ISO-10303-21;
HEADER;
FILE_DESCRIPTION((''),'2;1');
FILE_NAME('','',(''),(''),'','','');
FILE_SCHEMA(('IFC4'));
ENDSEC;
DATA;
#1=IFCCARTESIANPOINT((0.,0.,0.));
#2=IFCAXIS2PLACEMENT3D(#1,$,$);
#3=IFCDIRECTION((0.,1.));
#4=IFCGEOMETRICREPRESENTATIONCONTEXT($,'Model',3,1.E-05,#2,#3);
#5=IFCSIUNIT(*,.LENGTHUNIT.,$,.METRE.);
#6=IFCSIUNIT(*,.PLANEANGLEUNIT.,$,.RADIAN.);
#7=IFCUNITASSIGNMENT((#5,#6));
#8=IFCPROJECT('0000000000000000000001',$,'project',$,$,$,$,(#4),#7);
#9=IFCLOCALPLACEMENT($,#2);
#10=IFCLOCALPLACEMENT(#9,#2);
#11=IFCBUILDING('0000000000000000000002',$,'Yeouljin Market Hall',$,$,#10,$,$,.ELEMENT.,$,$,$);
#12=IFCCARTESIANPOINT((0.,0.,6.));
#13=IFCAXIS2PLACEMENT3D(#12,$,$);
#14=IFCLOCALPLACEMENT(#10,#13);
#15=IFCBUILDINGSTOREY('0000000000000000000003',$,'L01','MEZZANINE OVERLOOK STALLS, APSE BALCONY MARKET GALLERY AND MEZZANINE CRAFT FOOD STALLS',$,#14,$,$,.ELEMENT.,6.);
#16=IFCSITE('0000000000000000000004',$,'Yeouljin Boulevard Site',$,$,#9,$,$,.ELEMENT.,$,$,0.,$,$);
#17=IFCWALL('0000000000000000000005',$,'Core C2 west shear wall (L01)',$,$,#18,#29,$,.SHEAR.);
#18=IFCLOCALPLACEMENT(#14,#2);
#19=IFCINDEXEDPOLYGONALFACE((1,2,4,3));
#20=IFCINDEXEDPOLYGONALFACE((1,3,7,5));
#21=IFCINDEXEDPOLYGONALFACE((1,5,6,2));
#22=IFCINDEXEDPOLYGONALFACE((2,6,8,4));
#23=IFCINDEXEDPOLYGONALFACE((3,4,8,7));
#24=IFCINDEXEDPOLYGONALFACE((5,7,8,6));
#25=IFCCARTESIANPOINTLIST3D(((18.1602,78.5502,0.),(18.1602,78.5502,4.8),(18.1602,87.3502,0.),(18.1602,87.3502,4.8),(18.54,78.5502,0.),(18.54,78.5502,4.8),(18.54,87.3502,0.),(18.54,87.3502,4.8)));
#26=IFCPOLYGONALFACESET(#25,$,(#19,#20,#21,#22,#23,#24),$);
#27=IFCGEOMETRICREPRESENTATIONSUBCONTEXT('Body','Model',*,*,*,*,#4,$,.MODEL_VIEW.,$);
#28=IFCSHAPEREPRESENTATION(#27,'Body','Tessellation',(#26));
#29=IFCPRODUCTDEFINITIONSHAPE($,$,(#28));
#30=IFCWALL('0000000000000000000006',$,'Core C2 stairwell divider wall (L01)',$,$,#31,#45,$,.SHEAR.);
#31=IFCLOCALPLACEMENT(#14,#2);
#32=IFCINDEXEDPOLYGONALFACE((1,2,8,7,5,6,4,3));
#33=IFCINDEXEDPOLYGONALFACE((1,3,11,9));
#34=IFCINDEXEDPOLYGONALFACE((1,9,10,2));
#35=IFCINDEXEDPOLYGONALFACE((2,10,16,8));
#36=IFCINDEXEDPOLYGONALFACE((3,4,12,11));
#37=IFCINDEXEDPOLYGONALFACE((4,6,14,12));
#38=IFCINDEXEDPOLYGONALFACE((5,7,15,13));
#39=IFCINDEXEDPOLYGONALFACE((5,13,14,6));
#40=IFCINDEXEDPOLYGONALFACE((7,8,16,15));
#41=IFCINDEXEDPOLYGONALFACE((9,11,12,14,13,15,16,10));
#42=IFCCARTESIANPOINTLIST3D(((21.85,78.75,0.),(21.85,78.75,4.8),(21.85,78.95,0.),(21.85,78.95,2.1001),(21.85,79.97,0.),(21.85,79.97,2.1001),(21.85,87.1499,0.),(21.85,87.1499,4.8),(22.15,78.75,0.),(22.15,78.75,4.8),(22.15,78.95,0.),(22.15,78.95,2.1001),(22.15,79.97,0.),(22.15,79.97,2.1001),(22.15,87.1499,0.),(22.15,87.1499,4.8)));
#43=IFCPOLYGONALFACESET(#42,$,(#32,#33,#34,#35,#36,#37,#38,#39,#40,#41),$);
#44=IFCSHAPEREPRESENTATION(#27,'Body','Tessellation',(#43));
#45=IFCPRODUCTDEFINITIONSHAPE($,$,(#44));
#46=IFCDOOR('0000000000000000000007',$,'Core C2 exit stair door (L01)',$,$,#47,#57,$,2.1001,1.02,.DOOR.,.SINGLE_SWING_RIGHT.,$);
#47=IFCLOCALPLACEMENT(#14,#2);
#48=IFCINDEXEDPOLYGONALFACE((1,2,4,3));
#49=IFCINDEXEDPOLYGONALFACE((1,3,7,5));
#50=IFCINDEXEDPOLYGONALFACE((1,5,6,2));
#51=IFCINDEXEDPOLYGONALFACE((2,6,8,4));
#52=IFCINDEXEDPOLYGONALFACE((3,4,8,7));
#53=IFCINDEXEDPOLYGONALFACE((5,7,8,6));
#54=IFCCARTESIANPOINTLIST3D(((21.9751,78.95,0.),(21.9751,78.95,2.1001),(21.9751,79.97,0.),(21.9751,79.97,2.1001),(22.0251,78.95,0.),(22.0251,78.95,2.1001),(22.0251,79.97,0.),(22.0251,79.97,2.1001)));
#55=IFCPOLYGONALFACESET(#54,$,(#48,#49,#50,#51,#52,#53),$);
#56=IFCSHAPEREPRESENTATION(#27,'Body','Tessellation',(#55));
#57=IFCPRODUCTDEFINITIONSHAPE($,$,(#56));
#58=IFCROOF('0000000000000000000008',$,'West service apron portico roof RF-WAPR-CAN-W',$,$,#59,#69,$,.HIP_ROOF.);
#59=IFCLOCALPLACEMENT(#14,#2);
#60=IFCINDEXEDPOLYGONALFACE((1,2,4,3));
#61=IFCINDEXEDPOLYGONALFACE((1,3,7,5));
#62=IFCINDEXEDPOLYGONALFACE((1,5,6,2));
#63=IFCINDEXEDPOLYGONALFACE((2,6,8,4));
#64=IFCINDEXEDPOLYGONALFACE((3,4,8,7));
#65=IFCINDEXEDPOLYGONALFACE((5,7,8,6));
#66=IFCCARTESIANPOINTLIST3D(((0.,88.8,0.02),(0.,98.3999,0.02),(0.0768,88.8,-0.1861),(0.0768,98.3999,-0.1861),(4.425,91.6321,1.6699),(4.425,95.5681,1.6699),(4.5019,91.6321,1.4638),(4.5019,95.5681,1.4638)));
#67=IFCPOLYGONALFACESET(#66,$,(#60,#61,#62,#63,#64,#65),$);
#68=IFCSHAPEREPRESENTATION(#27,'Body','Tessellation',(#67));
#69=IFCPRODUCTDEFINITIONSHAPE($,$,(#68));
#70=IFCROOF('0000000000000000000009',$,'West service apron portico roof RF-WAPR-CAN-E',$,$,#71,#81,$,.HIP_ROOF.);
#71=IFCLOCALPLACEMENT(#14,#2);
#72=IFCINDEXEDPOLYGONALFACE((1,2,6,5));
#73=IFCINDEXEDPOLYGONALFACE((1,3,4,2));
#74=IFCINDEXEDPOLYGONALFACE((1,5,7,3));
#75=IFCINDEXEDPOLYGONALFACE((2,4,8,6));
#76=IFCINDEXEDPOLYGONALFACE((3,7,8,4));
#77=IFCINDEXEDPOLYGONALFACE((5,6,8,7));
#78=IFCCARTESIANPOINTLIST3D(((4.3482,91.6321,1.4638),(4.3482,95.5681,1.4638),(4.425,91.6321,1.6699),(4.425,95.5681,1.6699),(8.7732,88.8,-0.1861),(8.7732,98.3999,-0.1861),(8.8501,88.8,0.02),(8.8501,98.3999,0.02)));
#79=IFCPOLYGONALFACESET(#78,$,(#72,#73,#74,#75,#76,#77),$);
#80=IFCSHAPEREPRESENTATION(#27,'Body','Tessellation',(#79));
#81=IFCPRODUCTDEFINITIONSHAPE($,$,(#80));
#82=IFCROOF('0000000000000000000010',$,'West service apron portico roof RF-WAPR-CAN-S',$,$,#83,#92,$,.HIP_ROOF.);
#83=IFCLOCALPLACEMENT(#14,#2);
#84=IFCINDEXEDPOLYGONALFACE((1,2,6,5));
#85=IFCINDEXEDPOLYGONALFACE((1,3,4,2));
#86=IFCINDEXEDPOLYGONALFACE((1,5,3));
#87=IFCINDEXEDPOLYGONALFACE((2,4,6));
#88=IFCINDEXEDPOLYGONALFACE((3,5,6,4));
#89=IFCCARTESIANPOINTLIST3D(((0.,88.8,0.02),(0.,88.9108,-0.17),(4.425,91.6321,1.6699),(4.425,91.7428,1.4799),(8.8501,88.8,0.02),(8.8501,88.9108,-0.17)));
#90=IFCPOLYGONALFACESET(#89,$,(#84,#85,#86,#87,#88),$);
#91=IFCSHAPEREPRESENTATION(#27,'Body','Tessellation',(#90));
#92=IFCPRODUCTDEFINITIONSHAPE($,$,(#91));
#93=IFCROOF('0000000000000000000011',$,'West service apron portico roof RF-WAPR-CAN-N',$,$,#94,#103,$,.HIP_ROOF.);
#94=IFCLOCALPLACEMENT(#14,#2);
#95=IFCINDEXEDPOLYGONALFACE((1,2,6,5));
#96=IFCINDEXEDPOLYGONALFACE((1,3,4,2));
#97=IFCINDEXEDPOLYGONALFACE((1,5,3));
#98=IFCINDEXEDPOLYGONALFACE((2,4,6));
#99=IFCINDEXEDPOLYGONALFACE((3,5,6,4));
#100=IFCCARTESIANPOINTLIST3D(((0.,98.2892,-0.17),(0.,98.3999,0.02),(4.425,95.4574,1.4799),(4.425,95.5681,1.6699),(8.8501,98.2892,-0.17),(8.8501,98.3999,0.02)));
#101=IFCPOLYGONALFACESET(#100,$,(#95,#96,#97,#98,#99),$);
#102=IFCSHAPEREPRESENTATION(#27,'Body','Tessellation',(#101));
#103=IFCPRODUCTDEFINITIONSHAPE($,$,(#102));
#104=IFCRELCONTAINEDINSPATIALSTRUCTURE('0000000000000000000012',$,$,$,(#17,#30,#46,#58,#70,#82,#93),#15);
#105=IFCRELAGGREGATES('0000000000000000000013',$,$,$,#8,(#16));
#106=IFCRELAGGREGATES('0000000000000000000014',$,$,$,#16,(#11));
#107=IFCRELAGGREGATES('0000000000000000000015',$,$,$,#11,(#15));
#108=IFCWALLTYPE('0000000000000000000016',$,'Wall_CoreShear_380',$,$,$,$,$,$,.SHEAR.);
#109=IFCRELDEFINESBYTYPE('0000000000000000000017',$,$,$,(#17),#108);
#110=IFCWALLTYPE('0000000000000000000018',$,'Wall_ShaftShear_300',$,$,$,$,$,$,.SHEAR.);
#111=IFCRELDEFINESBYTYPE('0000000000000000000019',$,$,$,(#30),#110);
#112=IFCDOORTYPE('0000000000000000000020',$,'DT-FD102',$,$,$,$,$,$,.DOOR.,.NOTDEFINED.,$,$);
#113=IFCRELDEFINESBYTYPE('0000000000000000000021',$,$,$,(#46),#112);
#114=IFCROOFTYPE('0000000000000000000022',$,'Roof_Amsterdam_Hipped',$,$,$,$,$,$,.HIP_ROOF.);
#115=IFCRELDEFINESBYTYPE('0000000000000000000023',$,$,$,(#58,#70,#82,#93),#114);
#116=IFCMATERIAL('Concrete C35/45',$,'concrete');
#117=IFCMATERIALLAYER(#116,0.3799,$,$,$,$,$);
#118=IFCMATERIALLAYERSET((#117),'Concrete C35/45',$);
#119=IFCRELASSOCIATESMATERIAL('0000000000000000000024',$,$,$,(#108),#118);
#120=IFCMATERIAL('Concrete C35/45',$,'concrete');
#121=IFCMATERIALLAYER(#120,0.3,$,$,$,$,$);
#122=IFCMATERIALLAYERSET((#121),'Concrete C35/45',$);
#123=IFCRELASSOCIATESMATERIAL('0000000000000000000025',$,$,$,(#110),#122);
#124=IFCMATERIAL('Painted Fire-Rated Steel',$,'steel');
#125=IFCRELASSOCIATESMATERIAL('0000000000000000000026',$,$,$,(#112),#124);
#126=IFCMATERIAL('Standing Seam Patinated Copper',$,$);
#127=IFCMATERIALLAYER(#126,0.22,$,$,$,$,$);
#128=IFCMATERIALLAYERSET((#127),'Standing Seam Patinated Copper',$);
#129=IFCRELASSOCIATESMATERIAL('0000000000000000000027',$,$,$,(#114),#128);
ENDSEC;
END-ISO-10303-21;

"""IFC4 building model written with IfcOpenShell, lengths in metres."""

from ifc_helpers import new_model, si_unit, direction, frame, frame_2d, origin, place, context, subcontext, project, spatial, polyline, rectangle, outline, extrude, material, layer, layer_set, type_object, element, fill, save


model = new_model("IFC4")

# Units and contexts
model_context = context("Model", 3, precision=1e-05, world=origin(), true_north=direction((0.0, 1.0)))
body_context = subcontext(model_context, "Body", "Model", "MODEL_VIEW")
ifc_project = project(units=[si_unit("LENGTHUNIT", "METRE"), si_unit("PLANEANGLEUNIT", "RADIAN")], contexts=[model_context])

# Site, building, storey
site_placement = place(None, origin())
site = spatial("IfcSite", under=ifc_project, at=site_placement, Name="Yeouljin Boulevard Site", CompositionType="ELEMENT", RefElevation=0.0)
building_placement = place(site_placement, origin())
building = spatial("IfcBuilding", under=site, at=building_placement, Name="Yeouljin Market Hall", CompositionType="ELEMENT")
storey_placement = place(building_placement, frame((0.0, 0.0, 6.0)))
storey = spatial("IfcBuildingStorey", under=building, at=storey_placement, Name="L01", Description="MEZZANINE OVERLOOK STALLS, APSE BALCONY MARKET GALLERY AND MEZZANINE CRAFT FOOD STALLS", CompositionType="ELEMENT", Elevation=6.0)

# Shared definitions
ifc_material_1 = material(Name="Concrete C35/45", Category="concrete")
ifc_layer_1 = layer(ifc_material_1, 0.3799)
ifc_layer_set_1 = layer_set([ifc_layer_1], Name="Concrete C35/45")
wall_type_1 = type_object("IfcWallType", Name="Wall_CoreShear_380", PredefinedType="SHEAR", material=ifc_layer_set_1)

# Wall
wall_1_placement = place(storey_placement, frame((18.3501, 87.3501, 0.0), z_axis=(0.0, 0.0, 1.0), x_axis=(0.0, -1.0, 0.0)))
element("IfcWall", 1, at=wall_1_placement, inside=storey, type_object=wall_type_1, Name="Core C2 west shear wall (L01)", PredefinedType="SHEAR", context=body_context, shape_type="SweptSolid", body=[
    extrude(rectangle(XDim=8.8, YDim=0.3799, at=frame_2d((4.3999, 0.0))), origin(), (0.0, 0.0, 1.0), 4.8),
])

# Wall, opening, door
ifc_material_2 = material(Name="Concrete C35/45", Category="concrete")
ifc_layer_2 = layer(ifc_material_2, 0.3)
ifc_layer_set_2 = layer_set([ifc_layer_2], Name="Concrete C35/45")
wall_type_2 = type_object("IfcWallType", Name="Wall_ShaftShear_300", PredefinedType="SHEAR", material=ifc_layer_set_2)
wall_2_placement = place(storey_placement, frame((22.0, 78.75, 0.0), z_axis=(0.0, 0.0, 1.0), x_axis=(0.0, 1.0, 0.0)))
wall_2 = element("IfcWall", 2, at=wall_2_placement, inside=storey, type_object=wall_type_2, Name="Core C2 stairwell divider wall (L01)", PredefinedType="SHEAR", context=body_context, shape_type="SweptSolid", body=[
    extrude(rectangle(XDim=8.3999, YDim=0.3, at=frame_2d((4.2, 0.0))), origin(), (0.0, 0.0, 1.0), 4.8),
])
opening_1_placement = place(wall_2_placement, frame((0.2, 0.0, 0.0)))
opening_1 = element("IfcOpeningElement", 3, at=opening_1_placement, cuts=wall_2, PredefinedType="OPENING", context=body_context, shape_type="SweptSolid", body=[
    extrude(rectangle(XDim=1.02, YDim=2.1001, at=frame_2d((0.51, 1.05))), frame((0.0, 0.1599, 0.0), z_axis=(0.0, -1.0, 0.0), x_axis=(1.0, 0.0, 0.0)), (0.0, 0.0, 1.0), 0.3201),
])
ifc_material_3 = material(Name="Painted Fire-Rated Steel", Category="steel")
door_type_1 = type_object("IfcDoorType", Name="DT-FD102", OperationType="NOTDEFINED", PredefinedType="DOOR", material=ifc_material_3)
door_1_placement = place(opening_1_placement, origin())
door_1 = element("IfcDoor", 4, at=door_1_placement, inside=storey, type_object=door_type_1, Name="Core C2 exit stair door (L01)", OperationType="SINGLE_SWING_RIGHT", OverallHeight=2.1001, OverallWidth=1.02, PredefinedType="DOOR", context=body_context, shape_type="SweptSolid", body=[
    extrude(rectangle(XDim=1.02, YDim=2.1001, at=frame_2d((0.51, 1.05))), frame((0.0, 0.0249, 0.0), z_axis=(0.0, -1.0, 0.0), x_axis=(1.0, 0.0, 0.0)), (0.0, 0.0, 1.0), 0.05),
])
fill(opening_1, door_1)

# Roofs
ifc_material_4 = material(Name="Standing Seam Patinated Copper")
ifc_layer_3 = layer(ifc_material_4, 0.22)
ifc_layer_set_3 = layer_set([ifc_layer_3], Name="Standing Seam Patinated Copper")
roof_type = type_object("IfcRoofType", Name="Roof_Amsterdam_Hipped", PredefinedType="HIP_ROOF", material=ifc_layer_set_3)
roof_1_placement = place(storey_placement, frame((0.0, 98.3999, 0.02), z_axis=(-0.349361, 0.0, 0.936988), x_axis=(0.0, -1.0, 0.0)))
element("IfcRoof", 5, at=roof_1_placement, inside=storey, type_object=roof_type, Name="West service apron portico roof RF-WAPR-CAN-W", PredefinedType="HIP_ROOF", context=body_context, shape_type="SweptSolid", body=[
    extrude(outline(polyline([(0.0, 0.0), (9.5999, 0.0), (6.7678, 4.7226), (2.8318, 4.7226), (0.0, 0.0)])), origin(), (0.0, 0.0, -1.0), 0.22),
])
roof_2_placement = place(storey_placement, frame((8.8501, 88.8, 0.02), z_axis=(0.349361, 0.0, 0.936988), x_axis=(0.0, 1.0, 0.0)))
element("IfcRoof", 6, at=roof_2_placement, inside=storey, type_object=roof_type, Name="West service apron portico roof RF-WAPR-CAN-E", PredefinedType="HIP_ROOF", context=body_context, shape_type="SweptSolid", body=[
    extrude(outline(polyline([(0.0, 0.0), (9.5999, 0.0), (6.7681, 4.7226), (2.832, 4.7226), (0.0, 0.0)])), origin(), (0.0, 0.0, -1.0), 0.22),
])
roof_3_placement = place(storey_placement, frame((0.0, 88.8, 0.02), z_axis=(0.0, -0.503389, 0.86406), x_axis=(1.0, 0.0, 0.0)))
element("IfcRoof", 7, at=roof_3_placement, inside=storey, type_object=roof_type, Name="West service apron portico roof RF-WAPR-CAN-S", PredefinedType="HIP_ROOF", context=body_context, shape_type="SweptSolid", body=[
    extrude(outline(polyline([(0.0, 0.0), (8.8501, 0.0), (4.425, 3.2776), (0.0, 0.0)])), origin(), (0.0, 0.0, -1.0), 0.22),
])
roof_4_placement = place(storey_placement, frame((8.8501, 98.3999, 0.02), z_axis=(0.0, 0.503422, 0.864041), x_axis=(-1.0, 0.0, 0.0)))
element("IfcRoof", 8, at=roof_4_placement, inside=storey, type_object=roof_type, Name="West service apron portico roof RF-WAPR-CAN-N", PredefinedType="HIP_ROOF", context=body_context, shape_type="SweptSolid", body=[
    extrude(outline(polyline([(0.0, 0.0), (8.8501, 0.0), (4.425, 3.2774), (0.0, 0.0)])), origin(), (0.0, 0.0, -1.0), 0.22),
])

save(model, "model.ifc")
